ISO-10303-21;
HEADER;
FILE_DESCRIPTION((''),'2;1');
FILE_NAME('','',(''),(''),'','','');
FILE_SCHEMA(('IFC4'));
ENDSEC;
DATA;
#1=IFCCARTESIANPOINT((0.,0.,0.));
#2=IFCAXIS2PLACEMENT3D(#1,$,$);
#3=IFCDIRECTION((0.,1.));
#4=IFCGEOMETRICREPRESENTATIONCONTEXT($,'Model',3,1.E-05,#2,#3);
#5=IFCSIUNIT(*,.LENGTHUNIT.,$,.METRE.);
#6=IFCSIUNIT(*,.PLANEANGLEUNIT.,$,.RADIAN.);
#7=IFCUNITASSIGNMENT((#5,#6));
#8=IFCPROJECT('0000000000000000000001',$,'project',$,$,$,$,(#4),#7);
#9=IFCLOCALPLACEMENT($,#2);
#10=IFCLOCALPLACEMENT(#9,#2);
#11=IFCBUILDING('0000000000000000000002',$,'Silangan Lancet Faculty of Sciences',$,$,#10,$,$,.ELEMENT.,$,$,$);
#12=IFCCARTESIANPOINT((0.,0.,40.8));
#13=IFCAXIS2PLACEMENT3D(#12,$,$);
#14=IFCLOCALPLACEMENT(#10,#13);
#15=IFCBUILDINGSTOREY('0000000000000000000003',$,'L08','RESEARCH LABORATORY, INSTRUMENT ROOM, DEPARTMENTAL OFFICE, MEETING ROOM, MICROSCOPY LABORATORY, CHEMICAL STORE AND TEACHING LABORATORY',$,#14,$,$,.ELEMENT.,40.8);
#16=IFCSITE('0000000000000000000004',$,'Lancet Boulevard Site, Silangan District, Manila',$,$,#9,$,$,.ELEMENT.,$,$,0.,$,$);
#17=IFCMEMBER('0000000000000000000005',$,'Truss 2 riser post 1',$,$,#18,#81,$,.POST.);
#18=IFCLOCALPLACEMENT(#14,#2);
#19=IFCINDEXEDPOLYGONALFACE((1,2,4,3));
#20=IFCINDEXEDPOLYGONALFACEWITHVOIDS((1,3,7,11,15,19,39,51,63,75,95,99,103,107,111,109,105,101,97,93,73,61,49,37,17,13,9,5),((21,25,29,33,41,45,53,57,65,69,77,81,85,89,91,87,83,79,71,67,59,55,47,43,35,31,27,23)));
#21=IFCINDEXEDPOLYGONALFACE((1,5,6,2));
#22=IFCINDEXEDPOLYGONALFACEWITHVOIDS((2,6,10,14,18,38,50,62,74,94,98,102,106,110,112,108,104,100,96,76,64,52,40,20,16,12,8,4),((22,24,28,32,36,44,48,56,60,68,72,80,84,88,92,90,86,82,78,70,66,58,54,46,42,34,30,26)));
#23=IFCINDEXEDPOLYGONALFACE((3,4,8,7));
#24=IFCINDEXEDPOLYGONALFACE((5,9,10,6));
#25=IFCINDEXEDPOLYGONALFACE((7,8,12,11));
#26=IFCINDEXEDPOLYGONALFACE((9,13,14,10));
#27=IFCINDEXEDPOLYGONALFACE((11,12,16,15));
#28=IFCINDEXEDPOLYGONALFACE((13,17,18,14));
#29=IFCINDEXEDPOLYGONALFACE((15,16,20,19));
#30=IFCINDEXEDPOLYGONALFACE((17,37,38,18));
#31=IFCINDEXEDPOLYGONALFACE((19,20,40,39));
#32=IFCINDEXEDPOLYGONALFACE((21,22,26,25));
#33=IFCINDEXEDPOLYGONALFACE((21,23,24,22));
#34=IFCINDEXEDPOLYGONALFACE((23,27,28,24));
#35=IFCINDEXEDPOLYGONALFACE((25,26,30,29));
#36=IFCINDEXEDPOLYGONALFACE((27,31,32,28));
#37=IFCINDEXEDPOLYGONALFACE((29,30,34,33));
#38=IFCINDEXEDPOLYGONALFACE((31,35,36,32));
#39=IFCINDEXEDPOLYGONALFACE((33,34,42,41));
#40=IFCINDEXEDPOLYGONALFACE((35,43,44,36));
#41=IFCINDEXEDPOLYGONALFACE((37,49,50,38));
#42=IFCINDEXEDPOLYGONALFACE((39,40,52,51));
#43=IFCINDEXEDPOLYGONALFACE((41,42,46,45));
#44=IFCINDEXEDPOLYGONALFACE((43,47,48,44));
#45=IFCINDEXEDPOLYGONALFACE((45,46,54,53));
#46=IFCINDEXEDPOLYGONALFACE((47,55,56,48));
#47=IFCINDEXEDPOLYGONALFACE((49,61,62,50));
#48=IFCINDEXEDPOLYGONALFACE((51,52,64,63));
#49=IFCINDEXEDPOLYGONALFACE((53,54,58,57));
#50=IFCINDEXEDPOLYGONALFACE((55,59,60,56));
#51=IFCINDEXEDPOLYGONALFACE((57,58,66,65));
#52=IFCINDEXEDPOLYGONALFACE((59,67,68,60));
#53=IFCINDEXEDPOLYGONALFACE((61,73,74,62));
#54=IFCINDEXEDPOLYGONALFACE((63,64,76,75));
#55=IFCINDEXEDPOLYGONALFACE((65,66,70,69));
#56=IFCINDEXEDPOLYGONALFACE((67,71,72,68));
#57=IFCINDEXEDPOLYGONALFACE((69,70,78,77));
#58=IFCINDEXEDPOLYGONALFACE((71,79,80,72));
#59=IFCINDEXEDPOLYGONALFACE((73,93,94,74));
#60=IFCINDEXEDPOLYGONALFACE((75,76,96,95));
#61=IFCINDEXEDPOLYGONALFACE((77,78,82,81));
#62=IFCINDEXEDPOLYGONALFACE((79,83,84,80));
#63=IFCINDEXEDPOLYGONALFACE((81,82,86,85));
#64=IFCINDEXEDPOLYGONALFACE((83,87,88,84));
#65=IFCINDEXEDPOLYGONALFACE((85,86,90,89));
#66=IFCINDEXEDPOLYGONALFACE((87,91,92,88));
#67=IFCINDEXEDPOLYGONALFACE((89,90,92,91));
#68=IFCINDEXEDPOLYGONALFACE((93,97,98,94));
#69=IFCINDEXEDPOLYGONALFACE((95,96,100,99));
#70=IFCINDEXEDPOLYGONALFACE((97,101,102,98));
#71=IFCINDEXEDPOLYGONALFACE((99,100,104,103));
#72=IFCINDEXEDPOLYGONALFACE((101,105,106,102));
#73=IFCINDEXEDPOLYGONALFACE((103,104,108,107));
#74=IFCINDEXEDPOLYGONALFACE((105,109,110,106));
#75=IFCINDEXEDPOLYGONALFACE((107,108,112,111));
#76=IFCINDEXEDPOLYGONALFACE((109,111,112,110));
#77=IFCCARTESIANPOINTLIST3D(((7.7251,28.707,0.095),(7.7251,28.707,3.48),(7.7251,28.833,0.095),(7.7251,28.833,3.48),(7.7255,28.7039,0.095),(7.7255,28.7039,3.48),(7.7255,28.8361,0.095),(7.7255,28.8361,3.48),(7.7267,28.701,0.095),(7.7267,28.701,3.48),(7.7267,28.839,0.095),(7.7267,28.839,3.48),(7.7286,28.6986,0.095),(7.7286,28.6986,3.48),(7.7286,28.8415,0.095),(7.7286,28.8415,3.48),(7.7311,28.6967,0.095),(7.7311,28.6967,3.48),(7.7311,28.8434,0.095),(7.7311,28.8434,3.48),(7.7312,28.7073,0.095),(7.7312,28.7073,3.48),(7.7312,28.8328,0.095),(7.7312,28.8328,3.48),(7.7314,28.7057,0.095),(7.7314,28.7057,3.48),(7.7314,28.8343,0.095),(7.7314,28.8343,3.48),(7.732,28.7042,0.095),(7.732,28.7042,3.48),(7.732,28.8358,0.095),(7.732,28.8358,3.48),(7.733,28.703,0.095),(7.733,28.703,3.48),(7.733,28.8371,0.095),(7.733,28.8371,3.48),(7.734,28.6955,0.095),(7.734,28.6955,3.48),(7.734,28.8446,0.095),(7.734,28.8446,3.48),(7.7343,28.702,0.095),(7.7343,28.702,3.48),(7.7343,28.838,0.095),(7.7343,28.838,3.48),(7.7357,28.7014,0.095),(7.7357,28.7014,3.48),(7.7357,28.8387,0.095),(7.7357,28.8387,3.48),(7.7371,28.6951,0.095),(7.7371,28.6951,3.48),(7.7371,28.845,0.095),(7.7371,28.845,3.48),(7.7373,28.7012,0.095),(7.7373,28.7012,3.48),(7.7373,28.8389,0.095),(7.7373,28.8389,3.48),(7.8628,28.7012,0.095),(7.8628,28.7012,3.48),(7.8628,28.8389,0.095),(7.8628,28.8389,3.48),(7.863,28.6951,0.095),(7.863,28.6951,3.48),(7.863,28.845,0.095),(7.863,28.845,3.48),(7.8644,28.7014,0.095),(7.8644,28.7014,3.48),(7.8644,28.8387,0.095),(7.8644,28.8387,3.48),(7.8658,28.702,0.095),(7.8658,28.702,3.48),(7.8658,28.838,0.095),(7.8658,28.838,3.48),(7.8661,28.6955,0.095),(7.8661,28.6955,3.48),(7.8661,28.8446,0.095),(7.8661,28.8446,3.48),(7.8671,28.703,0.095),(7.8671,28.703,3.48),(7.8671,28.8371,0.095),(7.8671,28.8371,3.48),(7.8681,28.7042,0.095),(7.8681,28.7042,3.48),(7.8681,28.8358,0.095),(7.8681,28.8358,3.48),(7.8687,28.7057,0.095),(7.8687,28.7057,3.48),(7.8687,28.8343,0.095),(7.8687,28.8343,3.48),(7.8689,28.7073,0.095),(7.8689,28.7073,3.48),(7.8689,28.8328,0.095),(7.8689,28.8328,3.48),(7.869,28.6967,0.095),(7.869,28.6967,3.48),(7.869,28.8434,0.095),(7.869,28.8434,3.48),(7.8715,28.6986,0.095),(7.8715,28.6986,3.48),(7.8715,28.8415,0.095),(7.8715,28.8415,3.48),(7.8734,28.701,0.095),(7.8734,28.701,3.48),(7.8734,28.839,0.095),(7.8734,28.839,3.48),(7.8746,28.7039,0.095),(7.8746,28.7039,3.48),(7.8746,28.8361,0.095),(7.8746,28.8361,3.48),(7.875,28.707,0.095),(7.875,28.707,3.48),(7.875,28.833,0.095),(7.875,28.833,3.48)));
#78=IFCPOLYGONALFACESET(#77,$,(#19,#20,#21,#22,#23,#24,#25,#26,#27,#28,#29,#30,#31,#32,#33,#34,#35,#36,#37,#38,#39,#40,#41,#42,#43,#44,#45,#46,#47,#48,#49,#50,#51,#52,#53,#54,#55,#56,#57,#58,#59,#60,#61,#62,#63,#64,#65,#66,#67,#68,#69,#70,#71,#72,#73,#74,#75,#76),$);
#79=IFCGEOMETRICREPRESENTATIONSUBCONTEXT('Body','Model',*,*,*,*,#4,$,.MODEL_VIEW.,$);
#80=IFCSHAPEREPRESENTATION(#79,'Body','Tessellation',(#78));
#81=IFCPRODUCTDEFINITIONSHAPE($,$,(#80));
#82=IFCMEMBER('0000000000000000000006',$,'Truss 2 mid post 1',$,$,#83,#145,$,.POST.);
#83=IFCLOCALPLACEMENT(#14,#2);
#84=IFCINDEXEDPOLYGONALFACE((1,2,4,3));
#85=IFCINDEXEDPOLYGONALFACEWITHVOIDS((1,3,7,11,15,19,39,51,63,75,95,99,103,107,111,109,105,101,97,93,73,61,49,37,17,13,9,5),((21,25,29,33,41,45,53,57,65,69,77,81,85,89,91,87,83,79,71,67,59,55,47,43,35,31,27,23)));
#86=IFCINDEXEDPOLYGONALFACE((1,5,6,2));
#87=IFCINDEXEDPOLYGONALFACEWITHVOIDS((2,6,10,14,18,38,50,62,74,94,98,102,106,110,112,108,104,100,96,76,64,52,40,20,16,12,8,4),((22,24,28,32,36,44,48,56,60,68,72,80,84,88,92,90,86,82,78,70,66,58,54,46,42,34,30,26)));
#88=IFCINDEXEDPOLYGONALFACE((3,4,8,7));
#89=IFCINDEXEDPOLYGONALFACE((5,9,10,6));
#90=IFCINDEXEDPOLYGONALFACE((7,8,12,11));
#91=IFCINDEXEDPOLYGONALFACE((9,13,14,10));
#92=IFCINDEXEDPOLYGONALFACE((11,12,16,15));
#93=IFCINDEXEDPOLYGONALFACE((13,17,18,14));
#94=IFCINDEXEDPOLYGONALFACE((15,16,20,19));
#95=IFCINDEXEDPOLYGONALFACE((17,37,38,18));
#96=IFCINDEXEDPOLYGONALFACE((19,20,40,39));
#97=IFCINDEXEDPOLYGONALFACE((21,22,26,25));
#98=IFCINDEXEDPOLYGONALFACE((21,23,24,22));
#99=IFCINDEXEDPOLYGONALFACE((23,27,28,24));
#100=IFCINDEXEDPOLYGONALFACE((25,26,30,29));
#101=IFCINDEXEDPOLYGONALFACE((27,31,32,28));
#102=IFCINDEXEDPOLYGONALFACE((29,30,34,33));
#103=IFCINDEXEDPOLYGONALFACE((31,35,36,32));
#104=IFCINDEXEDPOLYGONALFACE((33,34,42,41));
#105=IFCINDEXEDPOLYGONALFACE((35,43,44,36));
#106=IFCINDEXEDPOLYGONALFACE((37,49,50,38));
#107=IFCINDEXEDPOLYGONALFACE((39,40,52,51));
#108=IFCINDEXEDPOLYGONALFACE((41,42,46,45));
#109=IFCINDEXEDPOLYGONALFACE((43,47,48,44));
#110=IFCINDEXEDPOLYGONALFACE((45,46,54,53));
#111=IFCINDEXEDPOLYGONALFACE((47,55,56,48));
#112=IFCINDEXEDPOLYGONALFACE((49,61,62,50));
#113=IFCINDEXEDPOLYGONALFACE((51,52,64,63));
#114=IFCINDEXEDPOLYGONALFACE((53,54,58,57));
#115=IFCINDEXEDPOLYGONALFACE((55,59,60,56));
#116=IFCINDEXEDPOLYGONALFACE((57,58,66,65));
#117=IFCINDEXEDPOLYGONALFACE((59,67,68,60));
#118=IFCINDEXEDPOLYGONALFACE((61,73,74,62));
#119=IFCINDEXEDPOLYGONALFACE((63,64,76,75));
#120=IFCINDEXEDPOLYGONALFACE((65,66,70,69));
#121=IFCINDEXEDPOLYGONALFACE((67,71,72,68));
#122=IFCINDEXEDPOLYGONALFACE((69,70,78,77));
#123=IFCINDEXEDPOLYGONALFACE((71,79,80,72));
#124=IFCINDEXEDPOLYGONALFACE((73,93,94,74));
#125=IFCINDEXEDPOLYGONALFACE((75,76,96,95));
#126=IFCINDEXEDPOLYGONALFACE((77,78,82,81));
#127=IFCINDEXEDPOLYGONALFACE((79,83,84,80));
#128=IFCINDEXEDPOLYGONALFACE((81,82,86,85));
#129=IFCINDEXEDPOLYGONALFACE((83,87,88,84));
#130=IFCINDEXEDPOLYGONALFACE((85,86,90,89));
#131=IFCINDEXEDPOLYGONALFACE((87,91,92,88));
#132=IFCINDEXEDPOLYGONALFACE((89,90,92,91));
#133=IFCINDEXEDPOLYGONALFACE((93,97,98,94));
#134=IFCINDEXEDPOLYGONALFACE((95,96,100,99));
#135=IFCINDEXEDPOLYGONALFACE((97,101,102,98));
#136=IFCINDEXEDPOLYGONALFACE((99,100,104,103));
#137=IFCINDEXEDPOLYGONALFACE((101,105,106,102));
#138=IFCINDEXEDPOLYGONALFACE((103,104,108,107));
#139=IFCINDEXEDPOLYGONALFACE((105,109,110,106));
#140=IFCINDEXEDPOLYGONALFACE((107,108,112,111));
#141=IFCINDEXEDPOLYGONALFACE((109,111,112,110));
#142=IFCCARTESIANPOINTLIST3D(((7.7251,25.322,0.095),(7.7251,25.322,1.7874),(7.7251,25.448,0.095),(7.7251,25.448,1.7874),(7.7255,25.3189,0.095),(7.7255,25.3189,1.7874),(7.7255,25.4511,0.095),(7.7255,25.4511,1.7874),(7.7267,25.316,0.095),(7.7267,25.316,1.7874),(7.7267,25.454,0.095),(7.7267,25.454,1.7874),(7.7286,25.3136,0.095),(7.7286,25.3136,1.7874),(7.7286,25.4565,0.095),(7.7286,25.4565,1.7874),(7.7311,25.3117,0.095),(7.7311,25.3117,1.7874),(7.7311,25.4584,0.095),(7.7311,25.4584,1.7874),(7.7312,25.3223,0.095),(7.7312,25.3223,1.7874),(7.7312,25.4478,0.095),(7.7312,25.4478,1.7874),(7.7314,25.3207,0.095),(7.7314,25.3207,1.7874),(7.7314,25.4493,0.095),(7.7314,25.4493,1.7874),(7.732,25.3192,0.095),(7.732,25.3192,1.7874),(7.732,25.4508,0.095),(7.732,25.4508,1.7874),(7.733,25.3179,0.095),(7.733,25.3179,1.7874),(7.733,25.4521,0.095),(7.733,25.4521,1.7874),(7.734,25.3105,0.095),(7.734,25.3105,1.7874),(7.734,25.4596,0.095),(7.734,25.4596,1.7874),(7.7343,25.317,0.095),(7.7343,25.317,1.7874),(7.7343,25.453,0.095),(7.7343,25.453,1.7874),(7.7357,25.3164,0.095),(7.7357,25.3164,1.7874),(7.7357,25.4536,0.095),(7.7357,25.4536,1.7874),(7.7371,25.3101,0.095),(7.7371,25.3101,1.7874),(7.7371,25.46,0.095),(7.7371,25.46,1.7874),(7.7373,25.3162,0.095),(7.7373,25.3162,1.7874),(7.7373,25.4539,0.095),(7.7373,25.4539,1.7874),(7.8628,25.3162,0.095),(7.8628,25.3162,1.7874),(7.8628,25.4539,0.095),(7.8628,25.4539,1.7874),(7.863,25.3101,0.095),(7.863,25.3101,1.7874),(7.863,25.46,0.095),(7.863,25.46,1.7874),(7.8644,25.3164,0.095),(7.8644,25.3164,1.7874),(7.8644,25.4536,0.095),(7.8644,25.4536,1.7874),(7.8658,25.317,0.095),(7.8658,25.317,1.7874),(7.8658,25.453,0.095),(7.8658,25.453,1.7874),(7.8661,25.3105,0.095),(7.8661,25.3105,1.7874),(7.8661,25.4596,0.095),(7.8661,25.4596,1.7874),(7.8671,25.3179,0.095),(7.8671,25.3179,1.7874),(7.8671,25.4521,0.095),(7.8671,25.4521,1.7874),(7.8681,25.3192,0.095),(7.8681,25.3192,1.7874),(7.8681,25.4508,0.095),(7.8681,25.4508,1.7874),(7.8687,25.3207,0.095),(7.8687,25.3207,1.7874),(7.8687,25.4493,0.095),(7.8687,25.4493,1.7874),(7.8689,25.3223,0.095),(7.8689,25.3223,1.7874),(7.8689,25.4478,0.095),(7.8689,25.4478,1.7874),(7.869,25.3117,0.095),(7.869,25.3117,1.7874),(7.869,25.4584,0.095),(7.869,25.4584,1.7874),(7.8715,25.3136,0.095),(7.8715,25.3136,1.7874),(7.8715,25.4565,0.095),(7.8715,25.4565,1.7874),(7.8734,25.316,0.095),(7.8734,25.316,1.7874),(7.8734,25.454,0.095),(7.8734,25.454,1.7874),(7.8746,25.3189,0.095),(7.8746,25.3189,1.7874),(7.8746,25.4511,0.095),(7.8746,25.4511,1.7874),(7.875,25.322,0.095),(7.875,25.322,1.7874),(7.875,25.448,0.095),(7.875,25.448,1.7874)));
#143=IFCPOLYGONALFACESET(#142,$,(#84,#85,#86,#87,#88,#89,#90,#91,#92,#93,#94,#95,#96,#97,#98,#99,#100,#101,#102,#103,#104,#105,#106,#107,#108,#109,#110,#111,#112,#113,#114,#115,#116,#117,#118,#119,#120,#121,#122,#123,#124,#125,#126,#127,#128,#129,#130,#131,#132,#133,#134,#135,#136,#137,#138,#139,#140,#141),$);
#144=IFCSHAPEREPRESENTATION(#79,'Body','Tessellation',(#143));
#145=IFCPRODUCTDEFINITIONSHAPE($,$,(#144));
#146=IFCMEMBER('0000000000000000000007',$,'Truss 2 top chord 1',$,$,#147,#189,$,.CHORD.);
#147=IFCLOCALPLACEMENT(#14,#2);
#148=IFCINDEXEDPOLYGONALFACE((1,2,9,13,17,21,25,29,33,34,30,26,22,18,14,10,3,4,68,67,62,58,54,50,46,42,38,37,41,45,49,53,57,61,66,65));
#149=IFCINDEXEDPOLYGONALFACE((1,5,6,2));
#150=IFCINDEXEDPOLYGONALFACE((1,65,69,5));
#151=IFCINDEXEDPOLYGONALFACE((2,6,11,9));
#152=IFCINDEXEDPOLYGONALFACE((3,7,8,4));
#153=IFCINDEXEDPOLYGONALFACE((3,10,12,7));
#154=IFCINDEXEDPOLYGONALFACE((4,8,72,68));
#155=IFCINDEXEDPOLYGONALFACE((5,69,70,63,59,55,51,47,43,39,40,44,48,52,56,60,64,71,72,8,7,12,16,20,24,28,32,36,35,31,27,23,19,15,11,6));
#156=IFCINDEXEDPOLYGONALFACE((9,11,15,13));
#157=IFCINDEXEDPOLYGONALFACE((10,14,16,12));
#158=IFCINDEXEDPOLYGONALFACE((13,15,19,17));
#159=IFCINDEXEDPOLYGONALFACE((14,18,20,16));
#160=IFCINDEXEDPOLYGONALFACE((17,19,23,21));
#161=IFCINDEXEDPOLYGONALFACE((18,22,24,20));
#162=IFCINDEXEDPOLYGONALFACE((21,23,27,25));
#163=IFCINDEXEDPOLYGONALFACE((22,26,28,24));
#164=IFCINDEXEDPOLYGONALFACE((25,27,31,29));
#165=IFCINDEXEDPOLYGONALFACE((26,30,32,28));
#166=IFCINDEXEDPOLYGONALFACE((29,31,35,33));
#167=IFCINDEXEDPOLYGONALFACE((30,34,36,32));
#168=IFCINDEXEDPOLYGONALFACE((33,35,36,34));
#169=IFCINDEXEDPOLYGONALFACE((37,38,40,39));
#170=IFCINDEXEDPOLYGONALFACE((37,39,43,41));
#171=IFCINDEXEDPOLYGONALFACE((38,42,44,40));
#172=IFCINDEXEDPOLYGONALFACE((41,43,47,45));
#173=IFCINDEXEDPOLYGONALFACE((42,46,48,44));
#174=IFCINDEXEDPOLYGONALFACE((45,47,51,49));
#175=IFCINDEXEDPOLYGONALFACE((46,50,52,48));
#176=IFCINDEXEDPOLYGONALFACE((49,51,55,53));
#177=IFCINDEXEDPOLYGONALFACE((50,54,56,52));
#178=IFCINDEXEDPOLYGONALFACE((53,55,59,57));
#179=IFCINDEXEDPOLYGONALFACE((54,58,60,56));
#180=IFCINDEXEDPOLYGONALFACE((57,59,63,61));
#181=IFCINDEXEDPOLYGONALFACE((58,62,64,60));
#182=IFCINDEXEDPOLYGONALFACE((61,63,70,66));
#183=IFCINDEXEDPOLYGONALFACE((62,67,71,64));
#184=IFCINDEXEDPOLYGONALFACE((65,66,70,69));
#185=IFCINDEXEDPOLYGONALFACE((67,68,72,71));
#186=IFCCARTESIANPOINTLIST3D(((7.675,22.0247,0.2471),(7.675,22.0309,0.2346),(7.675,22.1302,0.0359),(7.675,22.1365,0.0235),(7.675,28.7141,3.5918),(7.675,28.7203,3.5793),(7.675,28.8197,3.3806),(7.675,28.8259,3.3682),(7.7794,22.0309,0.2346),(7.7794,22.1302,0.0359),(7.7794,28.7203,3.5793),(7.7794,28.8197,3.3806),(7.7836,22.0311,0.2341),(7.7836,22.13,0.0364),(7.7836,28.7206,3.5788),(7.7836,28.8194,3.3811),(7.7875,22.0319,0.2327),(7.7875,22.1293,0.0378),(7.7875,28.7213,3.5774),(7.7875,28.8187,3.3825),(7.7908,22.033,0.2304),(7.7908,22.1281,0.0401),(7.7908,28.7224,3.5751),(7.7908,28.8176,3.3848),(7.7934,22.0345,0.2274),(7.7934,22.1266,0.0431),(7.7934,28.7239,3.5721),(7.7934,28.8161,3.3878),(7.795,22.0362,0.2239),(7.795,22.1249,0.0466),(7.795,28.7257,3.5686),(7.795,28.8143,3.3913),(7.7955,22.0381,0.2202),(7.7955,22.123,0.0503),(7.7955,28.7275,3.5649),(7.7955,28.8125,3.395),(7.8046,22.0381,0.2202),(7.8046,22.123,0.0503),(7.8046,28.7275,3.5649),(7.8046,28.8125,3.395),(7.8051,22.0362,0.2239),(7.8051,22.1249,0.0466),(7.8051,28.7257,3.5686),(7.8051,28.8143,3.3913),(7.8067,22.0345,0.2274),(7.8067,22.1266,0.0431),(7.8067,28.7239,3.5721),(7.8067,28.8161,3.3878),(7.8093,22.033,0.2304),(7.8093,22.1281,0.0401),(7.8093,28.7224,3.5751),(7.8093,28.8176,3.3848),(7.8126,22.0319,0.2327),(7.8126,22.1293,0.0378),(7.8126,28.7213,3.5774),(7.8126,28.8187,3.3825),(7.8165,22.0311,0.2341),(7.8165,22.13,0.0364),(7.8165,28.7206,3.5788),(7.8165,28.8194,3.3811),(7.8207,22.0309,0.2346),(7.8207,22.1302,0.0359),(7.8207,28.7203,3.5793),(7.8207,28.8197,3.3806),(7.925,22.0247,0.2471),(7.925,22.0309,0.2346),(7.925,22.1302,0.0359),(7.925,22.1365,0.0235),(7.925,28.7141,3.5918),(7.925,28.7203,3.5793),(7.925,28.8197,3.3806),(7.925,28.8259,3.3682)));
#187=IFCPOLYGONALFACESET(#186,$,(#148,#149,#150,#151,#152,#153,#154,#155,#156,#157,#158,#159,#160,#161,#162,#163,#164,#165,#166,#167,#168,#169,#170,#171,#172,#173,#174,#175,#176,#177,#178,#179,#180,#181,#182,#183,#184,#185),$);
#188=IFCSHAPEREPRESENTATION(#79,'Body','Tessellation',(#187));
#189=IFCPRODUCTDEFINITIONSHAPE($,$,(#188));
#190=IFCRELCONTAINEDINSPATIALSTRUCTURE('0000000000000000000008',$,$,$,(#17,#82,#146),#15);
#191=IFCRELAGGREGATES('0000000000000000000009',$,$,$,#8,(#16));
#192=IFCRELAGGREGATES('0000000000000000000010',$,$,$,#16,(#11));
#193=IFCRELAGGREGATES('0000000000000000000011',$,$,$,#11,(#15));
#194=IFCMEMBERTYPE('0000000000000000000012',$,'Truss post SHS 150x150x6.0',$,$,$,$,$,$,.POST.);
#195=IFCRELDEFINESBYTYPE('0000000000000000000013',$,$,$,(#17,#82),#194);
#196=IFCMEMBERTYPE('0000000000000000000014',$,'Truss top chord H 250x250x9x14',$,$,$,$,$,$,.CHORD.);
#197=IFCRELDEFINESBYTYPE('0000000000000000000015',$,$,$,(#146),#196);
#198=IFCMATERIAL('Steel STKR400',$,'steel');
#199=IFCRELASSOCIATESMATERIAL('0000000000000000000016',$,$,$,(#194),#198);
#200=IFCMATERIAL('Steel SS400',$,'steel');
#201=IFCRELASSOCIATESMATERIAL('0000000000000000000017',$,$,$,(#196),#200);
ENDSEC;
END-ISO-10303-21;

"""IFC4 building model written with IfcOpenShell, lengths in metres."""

from ifc_helpers import new_model, si_unit, direction, frame, origin, origin_2d, place, context, subcontext, project, spatial, hollow_rectangle, i_section, extrude, material, material_profile, profile_set, type_object, element, save


model = new_model("IFC4")

# Units and contexts
model_context = context("Model", 3, precision=1e-05, world=origin(), true_north=direction((0.0, 1.0)))
body_context = subcontext(model_context, "Body", "Model", "MODEL_VIEW")
ifc_project = project(units=[si_unit("LENGTHUNIT", "METRE"), si_unit("PLANEANGLEUNIT", "RADIAN")], contexts=[model_context])

# Site, building, storey
site_placement = place(None, origin())
site = spatial("IfcSite", under=ifc_project, at=site_placement, Name="Lancet Boulevard Site, Silangan District, Manila", CompositionType="ELEMENT", RefElevation=0.0)
building_placement = place(site_placement, origin())
building = spatial("IfcBuilding", under=site, at=building_placement, Name="Silangan Lancet Faculty of Sciences", CompositionType="ELEMENT")
storey_placement = place(building_placement, frame((0.0, 0.0, 40.8)))
storey = spatial("IfcBuildingStorey", under=building, at=storey_placement, Name="L08", Description="RESEARCH LABORATORY, INSTRUMENT ROOM, DEPARTMENTAL OFFICE, MEETING ROOM, MICROSCOPY LABORATORY, CHEMICAL STORE AND TEACHING LABORATORY", CompositionType="ELEMENT", Elevation=40.8)

# Members
ifc_material_1 = material(Name="Steel STKR400", Category="steel")
ifc_material_profile_1 = material_profile(ifc_material_1, hollow_rectangle(XDim=0.1499, YDim=0.1499, WallThickness=0.0061, InnerFilletRadius=0.0061, OuterFilletRadius=0.012, at=origin_2d()), Name="SHS 150x150x6.0")
ifc_profile_set_1 = profile_set([ifc_material_profile_1], Name="Steel STKR400")
member_type_1 = type_object("IfcMemberType", Name="Truss post SHS 150x150x6.0", PredefinedType="POST", material=ifc_profile_set_1)
member_1_placement = place(storey_placement, frame((7.8, 28.77, 0.095), z_axis=(0.0, 0.0, 1.0), x_axis=(1.0, 0.0, 0.0)))
element("IfcMember", 1, at=member_1_placement, inside=storey, type_object=member_type_1, Name="Truss 2 riser post 1", PredefinedType="POST", context=body_context, shape_type="SweptSolid", body=[
    extrude(hollow_rectangle(XDim=0.1499, YDim=0.1499, WallThickness=0.0061, InnerFilletRadius=0.0061, OuterFilletRadius=0.012, at=origin_2d()), origin(), (0.0, 0.0, 1.0), 3.385),
])
member_2_placement = place(storey_placement, frame((7.8, 25.385, 0.095), z_axis=(0.0, 0.0, 1.0), x_axis=(1.0, 0.0, 0.0)))
element("IfcMember", 2, at=member_2_placement, inside=storey, type_object=member_type_1, Name="Truss 2 mid post 1", PredefinedType="POST", context=body_context, shape_type="SweptSolid", body=[
    extrude(hollow_rectangle(XDim=0.1499, YDim=0.1499, WallThickness=0.0061, InnerFilletRadius=0.0061, OuterFilletRadius=0.012, at=origin_2d()), origin(), (0.0, 0.0, 1.0), 1.6924),
])
ifc_material_2 = material(Name="Steel SS400", Category="steel")
ifc_material_profile_2 = material_profile(ifc_material_2, i_section(OverallWidth=0.25, OverallDepth=0.25, WebThickness=0.009, FlangeThickness=0.0139, FilletRadius=0.0161, at=origin_2d()), Name="H 250x250x9x14")
ifc_profile_set_2 = profile_set([ifc_material_profile_2], Name="Steel SS400")
member_type_2 = type_object("IfcMemberType", Name="Truss top chord H 250x250x9x14", PredefinedType="CHORD", material=ifc_profile_set_2)
for number, where, z_axis, x_axis, name in (
    (3, (7.8, 22.0806, 0.1353), (0.0, 0.894427, 0.447214), (-1.0, 0.0, 0.0), "Truss 2 top chord 1"),
):
    element("IfcMember", number, at=place(storey_placement, frame(where, z_axis=z_axis, x_axis=x_axis)), inside=storey, type_object=member_type_2, Name=name, PredefinedType="CHORD", context=body_context, shape_type="SweptSolid", body=[
        extrude(i_section(OverallWidth=0.25, OverallDepth=0.25, WebThickness=0.009, FlangeThickness=0.0139, FilletRadius=0.0161, at=origin_2d()), origin(), (0.0, 0.0, 1.0), 7.479),
    ])

save(model, "model.ifc")
